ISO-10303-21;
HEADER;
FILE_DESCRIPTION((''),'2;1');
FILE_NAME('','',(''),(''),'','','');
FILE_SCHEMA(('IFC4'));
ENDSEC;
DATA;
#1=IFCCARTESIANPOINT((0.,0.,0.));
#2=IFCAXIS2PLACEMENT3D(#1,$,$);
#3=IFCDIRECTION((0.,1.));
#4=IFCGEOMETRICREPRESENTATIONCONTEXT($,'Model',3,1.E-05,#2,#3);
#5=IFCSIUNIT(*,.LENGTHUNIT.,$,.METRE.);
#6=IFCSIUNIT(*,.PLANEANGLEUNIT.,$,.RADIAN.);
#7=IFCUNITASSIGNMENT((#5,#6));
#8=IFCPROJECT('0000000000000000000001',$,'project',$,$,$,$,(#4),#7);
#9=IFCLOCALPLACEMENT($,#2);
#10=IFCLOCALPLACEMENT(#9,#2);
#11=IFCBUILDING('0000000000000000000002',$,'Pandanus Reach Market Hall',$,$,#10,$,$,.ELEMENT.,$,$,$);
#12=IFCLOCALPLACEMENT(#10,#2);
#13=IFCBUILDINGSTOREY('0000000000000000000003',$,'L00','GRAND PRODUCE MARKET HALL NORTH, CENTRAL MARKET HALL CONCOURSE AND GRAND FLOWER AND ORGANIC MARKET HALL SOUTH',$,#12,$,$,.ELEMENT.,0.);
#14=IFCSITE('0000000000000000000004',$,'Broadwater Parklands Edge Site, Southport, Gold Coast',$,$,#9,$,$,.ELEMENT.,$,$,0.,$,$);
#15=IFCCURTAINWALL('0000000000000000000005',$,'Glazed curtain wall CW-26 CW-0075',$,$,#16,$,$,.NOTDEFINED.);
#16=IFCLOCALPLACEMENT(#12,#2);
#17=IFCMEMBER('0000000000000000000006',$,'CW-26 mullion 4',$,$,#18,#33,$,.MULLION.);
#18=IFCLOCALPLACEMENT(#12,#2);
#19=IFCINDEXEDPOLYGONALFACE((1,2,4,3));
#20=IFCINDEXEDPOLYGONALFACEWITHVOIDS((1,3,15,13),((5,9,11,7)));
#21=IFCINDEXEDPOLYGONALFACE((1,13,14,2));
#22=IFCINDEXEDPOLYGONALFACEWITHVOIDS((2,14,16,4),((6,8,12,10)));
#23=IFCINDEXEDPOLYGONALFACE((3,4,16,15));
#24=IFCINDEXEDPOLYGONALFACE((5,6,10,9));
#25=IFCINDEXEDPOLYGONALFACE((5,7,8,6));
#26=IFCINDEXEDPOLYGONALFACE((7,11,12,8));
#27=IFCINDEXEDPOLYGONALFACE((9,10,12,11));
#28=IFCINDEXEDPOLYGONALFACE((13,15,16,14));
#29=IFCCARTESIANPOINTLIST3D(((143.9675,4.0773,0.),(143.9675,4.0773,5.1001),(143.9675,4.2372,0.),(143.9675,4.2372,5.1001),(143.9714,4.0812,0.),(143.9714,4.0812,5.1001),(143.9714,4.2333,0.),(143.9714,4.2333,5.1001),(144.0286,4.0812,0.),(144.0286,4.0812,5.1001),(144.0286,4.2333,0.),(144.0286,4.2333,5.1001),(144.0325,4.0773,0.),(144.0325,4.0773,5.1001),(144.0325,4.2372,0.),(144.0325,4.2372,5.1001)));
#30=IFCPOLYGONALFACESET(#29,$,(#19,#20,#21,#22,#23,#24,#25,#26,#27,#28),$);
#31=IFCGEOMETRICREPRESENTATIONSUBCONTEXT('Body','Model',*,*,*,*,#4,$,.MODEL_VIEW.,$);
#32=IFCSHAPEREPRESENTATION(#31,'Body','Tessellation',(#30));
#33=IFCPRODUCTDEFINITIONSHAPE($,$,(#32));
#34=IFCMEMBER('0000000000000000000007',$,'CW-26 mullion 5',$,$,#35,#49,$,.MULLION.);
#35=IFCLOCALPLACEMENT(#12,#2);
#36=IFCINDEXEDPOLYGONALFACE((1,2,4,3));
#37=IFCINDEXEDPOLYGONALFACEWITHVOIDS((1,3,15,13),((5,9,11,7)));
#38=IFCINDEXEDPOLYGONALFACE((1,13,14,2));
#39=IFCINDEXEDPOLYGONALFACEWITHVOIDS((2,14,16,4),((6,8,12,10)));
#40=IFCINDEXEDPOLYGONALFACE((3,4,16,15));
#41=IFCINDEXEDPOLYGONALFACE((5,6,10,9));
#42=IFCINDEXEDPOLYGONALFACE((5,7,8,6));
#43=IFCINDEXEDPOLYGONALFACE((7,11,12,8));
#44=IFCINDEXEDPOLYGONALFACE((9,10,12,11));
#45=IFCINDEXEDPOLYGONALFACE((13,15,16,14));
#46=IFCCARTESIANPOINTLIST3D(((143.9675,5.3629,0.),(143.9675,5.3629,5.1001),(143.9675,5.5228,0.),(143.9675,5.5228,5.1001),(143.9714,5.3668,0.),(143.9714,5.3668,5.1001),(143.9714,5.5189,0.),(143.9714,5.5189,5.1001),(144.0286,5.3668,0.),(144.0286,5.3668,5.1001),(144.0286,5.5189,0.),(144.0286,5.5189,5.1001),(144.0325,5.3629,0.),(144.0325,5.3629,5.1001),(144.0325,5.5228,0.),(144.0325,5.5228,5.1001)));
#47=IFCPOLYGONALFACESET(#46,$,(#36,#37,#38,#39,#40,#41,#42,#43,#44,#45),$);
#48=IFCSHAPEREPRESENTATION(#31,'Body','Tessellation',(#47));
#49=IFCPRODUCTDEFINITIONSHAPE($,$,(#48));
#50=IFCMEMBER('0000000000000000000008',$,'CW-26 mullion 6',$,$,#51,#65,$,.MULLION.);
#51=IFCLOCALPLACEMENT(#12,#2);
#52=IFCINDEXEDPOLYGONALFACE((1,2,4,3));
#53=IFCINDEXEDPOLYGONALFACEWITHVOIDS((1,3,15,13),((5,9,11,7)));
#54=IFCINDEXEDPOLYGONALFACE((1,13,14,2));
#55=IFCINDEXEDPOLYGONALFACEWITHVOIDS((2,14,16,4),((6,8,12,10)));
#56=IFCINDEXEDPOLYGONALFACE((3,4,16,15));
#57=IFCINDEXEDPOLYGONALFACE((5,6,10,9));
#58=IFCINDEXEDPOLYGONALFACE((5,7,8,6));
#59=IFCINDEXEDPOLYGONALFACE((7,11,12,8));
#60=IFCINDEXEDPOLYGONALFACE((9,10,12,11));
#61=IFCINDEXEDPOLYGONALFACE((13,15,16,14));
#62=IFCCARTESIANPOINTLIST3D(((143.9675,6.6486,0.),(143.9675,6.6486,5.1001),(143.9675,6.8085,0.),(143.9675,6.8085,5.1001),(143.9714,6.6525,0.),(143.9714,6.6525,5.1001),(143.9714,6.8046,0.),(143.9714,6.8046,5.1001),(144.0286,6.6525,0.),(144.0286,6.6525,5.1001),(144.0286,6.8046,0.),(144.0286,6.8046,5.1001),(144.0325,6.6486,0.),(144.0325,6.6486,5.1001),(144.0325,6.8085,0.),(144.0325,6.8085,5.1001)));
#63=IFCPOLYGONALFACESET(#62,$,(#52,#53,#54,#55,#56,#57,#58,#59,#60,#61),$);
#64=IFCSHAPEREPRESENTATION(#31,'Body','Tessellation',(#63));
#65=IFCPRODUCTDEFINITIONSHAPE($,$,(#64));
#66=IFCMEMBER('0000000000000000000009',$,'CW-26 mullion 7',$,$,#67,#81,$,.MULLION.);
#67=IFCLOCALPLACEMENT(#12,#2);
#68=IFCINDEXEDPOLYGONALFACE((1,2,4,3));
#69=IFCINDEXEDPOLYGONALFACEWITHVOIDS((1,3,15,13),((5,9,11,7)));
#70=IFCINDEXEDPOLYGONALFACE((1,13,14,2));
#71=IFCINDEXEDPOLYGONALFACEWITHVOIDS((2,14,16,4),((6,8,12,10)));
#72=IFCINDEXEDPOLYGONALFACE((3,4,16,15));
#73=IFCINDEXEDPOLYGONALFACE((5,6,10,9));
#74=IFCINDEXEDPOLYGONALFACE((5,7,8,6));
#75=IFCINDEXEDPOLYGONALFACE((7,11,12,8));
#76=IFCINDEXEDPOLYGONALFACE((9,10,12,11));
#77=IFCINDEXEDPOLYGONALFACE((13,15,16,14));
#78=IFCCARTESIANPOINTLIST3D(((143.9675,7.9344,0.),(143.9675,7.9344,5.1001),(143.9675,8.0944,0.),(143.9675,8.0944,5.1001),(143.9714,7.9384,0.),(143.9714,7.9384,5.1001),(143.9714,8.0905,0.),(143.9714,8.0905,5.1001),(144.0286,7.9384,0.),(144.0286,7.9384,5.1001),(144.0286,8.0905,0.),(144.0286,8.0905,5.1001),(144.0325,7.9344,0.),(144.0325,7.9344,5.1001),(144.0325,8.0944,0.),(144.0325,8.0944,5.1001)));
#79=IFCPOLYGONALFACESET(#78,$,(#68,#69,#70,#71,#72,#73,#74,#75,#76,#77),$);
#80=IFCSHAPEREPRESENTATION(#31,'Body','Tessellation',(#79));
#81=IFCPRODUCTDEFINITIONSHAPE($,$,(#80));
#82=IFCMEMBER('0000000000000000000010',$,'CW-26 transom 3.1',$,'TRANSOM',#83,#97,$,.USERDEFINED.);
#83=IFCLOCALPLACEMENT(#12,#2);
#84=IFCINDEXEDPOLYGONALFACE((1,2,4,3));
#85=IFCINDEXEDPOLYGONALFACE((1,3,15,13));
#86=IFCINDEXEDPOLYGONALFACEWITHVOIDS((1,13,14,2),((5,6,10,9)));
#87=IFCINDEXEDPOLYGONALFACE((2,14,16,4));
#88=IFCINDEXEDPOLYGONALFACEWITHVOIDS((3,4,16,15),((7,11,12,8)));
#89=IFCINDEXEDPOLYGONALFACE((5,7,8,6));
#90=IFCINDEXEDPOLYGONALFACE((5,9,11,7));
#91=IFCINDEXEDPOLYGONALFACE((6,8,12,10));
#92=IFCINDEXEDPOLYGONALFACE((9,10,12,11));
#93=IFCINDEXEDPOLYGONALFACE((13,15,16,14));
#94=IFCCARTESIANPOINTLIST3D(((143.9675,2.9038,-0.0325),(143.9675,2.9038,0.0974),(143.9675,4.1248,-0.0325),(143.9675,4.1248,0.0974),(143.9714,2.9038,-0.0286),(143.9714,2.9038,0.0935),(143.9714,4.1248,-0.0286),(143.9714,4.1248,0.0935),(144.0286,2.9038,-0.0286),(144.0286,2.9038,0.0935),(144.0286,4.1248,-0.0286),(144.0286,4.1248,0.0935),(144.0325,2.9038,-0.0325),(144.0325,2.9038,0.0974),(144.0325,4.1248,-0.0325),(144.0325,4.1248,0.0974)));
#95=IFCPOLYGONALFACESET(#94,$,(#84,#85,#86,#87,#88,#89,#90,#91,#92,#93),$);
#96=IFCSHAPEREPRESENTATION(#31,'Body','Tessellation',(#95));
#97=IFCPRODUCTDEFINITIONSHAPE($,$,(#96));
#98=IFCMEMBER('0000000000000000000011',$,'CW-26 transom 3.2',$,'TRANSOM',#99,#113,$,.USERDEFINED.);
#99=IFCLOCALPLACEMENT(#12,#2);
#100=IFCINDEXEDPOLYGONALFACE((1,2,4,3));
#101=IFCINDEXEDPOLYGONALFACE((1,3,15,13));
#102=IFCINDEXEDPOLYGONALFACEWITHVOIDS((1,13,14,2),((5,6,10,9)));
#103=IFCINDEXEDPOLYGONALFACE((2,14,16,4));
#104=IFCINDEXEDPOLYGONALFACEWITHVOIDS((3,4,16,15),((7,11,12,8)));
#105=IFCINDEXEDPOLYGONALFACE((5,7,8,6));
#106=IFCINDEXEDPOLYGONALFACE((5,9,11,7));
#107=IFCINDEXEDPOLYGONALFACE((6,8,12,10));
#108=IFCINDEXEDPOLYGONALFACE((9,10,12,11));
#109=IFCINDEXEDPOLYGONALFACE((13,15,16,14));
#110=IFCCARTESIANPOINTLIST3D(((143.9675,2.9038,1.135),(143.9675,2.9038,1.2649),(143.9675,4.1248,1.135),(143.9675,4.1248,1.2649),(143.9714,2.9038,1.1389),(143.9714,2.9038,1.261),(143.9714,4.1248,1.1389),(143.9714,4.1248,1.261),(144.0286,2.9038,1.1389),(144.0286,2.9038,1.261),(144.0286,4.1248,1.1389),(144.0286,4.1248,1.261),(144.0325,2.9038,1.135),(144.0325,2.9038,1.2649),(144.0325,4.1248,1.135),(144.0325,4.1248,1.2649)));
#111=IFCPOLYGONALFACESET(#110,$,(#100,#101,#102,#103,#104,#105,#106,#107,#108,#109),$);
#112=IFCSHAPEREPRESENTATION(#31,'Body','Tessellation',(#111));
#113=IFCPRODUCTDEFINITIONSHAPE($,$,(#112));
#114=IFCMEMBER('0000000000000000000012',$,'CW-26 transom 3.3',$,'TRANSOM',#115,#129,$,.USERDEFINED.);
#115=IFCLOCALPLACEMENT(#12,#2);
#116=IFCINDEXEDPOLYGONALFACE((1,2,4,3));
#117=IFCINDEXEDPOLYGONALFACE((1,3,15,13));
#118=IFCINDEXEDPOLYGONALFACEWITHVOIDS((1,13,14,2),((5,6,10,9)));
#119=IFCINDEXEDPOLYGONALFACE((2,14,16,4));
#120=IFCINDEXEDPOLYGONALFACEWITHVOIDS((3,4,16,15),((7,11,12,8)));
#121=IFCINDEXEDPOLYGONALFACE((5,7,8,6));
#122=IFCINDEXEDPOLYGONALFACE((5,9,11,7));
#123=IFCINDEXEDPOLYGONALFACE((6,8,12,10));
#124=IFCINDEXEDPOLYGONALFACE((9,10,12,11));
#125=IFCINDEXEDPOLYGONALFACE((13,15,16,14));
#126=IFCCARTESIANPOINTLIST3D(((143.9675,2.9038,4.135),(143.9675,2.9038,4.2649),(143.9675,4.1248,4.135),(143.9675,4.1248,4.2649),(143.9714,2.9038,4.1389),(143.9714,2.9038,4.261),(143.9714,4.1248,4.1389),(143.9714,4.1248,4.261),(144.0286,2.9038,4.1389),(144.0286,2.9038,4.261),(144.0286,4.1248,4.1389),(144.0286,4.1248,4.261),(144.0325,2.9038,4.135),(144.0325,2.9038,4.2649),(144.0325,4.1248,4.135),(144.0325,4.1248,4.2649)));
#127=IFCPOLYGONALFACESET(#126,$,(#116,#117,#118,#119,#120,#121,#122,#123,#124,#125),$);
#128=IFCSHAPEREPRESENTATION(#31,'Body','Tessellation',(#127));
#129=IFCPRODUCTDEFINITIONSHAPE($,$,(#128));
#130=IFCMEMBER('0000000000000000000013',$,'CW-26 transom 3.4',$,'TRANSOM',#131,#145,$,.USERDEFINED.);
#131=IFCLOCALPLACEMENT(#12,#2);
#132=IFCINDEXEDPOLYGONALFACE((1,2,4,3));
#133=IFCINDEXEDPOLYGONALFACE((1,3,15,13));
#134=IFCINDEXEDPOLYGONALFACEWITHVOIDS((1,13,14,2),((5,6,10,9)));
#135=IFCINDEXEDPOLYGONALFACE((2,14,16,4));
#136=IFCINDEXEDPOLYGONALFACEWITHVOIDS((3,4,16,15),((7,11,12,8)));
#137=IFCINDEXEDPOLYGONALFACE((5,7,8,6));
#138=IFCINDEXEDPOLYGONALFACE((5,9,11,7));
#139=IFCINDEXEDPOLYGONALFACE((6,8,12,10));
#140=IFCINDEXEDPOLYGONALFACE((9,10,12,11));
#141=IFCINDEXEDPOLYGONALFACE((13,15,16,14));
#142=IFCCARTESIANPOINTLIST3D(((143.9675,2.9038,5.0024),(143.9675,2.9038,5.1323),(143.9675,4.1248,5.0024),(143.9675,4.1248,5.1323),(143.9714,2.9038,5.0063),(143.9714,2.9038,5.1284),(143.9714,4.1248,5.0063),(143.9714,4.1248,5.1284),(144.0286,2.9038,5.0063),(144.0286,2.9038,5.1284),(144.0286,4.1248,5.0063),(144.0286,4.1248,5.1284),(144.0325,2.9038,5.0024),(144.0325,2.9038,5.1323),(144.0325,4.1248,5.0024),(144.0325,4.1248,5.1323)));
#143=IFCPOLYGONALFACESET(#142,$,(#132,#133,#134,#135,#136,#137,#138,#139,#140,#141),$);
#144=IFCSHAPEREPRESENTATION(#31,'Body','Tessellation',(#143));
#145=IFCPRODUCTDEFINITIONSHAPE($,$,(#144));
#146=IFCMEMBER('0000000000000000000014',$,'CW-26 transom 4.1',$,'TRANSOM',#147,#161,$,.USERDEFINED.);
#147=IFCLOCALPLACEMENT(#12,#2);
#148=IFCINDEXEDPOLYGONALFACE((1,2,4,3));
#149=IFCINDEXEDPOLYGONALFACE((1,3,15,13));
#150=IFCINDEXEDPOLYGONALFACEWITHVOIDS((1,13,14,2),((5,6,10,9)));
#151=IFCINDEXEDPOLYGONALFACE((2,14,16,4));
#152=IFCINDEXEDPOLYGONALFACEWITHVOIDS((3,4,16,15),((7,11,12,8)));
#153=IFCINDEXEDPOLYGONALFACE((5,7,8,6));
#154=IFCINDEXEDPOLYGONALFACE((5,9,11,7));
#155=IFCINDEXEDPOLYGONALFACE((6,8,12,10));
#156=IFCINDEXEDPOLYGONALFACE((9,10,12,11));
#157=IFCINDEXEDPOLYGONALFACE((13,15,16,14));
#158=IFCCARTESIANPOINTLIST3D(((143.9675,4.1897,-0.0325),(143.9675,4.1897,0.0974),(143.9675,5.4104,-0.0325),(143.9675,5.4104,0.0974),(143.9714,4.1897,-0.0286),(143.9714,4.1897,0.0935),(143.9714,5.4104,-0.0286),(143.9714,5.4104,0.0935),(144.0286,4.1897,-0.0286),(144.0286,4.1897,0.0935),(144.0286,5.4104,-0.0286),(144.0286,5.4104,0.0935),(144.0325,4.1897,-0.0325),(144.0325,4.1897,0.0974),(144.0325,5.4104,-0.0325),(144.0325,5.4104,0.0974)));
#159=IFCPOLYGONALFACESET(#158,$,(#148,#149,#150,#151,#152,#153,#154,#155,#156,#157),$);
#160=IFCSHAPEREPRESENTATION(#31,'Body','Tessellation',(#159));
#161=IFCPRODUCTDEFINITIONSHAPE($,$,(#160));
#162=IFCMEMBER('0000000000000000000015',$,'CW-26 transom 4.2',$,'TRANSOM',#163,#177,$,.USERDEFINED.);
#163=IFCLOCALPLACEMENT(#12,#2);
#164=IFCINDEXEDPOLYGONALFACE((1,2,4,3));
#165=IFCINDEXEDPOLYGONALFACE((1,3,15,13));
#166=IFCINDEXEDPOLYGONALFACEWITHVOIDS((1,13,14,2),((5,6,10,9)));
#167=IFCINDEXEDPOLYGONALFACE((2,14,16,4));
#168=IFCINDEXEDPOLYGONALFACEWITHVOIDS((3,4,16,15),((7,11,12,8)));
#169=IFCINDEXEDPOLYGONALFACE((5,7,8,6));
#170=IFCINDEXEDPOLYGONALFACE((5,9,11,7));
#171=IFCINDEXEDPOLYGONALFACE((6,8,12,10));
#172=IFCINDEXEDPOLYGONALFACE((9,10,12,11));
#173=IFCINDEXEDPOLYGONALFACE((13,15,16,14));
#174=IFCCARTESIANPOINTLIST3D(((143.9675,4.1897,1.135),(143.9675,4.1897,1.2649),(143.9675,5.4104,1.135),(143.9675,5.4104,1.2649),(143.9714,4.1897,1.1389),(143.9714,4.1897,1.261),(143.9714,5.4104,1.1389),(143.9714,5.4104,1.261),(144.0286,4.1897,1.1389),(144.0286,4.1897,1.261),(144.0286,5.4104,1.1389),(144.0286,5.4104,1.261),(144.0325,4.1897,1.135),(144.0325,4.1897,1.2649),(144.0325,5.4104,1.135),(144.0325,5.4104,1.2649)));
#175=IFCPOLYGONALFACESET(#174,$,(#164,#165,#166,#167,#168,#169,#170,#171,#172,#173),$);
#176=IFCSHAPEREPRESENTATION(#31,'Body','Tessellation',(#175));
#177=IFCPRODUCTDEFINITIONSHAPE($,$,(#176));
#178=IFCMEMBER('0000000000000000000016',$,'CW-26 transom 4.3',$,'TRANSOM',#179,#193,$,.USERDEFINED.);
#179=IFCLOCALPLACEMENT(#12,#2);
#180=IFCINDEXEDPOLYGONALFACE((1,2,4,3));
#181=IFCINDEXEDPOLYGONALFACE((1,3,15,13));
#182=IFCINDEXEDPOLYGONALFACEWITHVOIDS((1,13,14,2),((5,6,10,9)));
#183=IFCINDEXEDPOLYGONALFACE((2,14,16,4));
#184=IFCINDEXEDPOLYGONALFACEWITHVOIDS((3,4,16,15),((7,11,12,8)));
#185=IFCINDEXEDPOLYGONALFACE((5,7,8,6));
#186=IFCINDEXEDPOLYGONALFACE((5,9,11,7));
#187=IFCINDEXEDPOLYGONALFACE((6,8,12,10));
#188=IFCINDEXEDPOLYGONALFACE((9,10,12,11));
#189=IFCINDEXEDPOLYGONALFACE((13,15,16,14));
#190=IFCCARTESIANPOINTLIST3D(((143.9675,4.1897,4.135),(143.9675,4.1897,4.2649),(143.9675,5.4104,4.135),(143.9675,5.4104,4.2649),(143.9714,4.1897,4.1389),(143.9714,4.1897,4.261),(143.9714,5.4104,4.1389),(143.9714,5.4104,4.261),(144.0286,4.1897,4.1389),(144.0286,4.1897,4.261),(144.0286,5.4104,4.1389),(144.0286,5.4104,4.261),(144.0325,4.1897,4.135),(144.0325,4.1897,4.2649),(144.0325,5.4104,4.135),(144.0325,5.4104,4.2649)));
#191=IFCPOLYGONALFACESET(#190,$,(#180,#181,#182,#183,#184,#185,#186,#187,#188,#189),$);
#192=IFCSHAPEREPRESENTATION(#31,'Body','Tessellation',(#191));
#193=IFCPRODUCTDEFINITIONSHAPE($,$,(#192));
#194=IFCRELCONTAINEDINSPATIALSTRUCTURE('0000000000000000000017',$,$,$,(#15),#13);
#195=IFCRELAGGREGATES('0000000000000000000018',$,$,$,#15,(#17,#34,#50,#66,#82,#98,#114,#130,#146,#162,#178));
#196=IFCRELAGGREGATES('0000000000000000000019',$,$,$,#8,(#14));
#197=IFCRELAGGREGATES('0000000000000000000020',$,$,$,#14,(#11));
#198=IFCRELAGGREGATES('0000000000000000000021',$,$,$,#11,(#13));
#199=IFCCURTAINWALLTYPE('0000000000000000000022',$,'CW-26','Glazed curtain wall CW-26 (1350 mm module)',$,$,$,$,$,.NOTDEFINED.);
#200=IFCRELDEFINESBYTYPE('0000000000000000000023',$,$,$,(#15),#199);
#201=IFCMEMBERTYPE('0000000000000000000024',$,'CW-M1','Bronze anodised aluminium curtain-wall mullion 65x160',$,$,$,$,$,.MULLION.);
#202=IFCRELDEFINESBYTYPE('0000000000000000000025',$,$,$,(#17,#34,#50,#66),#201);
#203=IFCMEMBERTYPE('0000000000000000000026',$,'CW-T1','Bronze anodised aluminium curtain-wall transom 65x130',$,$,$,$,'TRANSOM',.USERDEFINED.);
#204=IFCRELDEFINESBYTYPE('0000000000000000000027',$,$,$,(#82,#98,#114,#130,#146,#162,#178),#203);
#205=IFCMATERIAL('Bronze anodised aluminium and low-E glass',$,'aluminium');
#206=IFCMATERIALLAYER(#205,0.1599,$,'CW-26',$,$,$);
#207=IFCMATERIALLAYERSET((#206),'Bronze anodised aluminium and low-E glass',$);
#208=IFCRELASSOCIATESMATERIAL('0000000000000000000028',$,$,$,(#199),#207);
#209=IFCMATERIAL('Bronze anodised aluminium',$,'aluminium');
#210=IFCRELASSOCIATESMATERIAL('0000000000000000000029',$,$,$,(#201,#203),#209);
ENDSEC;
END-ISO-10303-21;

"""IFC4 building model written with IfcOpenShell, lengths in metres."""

from ifc_helpers import new_model, si_unit, direction, frame, origin, origin_2d, place, context, subcontext, project, spatial, hollow_rectangle, extrude, material, layer, layer_set, material_profile, profile_set, type_object, element, aggregate, save


model = new_model("IFC4")

# Units and contexts
model_context = context("Model", 3, precision=1e-05, world=origin(), true_north=direction((0.0, 1.0)))
body_context = subcontext(model_context, "Body", "Model", "MODEL_VIEW")
ifc_project = project(units=[si_unit("LENGTHUNIT", "METRE"), si_unit("PLANEANGLEUNIT", "RADIAN")], contexts=[model_context])

# Site, building, storey
site_placement = place(None, origin())
site = spatial("IfcSite", under=ifc_project, at=site_placement, Name="Broadwater Parklands Edge Site, Southport, Gold Coast", CompositionType="ELEMENT", RefElevation=0.0)
building_placement = place(site_placement, origin())
building = spatial("IfcBuilding", under=site, at=building_placement, Name="Pandanus Reach Market Hall", CompositionType="ELEMENT")
storey_placement = place(building_placement, origin())
storey = spatial("IfcBuildingStorey", under=building, at=storey_placement, Name="L00", Description="GRAND PRODUCE MARKET HALL NORTH, CENTRAL MARKET HALL CONCOURSE AND GRAND FLOWER AND ORGANIC MARKET HALL SOUTH", CompositionType="ELEMENT", Elevation=0.0)

# Curtain wall, members
ifc_material_1 = material(Name="Bronze anodised aluminium and low-E glass", Category="aluminium")
ifc_layer_1 = layer(ifc_material_1, 0.1599, Name="CW-26")
ifc_layer_set_1 = layer_set([ifc_layer_1], Name="Bronze anodised aluminium and low-E glass")
curtain_wall_type = type_object("IfcCurtainWallType", Name="CW-26", Description="Glazed curtain wall CW-26 (1350 mm module)", PredefinedType="NOTDEFINED", material=ifc_layer_set_1)
curtain_wall_placement = place(storey_placement, origin())
curtain_wall = element("IfcCurtainWall", 1, at=curtain_wall_placement, inside=storey, type_object=curtain_wall_type, Name="Glazed curtain wall CW-26 CW-0075", PredefinedType="NOTDEFINED")
ifc_material_2 = material(Name="Bronze anodised aluminium", Category="aluminium")
ifc_material_profile_1 = material_profile(ifc_material_2, hollow_rectangle(XDim=0.0649, YDim=0.1599, WallThickness=0.0039, at=origin_2d()), Name="ALU65x160", Category="LoadBearing")
ifc_profile_set_1 = profile_set([ifc_material_profile_1], Name="Bronze anodised aluminium")
member_type_1 = type_object("IfcMemberType", Name="CW-M1", Description="Bronze anodised aluminium curtain-wall mullion 65x160", PredefinedType="MULLION", material=ifc_profile_set_1)
member_1_placement = place(storey_placement, frame((144.0, 4.1572, 0.0), z_axis=(0.0, 0.0, 1.0), x_axis=(-1.0, 0.0, 0.0)))
member_1 = element("IfcMember", 2, at=member_1_placement, type_object=member_type_1, Name="CW-26 mullion 4", PredefinedType="MULLION", context=body_context, shape_type="SweptSolid", body=[
    extrude(hollow_rectangle(XDim=0.0649, YDim=0.1599, WallThickness=0.0039, at=origin_2d()), origin(), (0.0, 0.0, 1.0), 5.1001),
])
member_2_placement = place(storey_placement, frame((144.0, 5.4429, 0.0), z_axis=(0.0, 0.0, 1.0), x_axis=(-1.0, 0.0, 0.0)))
member_2 = element("IfcMember", 3, at=member_2_placement, type_object=member_type_1, Name="CW-26 mullion 5", PredefinedType="MULLION", context=body_context, shape_type="SweptSolid", body=[
    extrude(hollow_rectangle(XDim=0.0649, YDim=0.1599, WallThickness=0.0039, at=origin_2d()), origin(), (0.0, 0.0, 1.0), 5.1001),
])
member_3_placement = place(storey_placement, frame((144.0, 6.7285, 0.0), z_axis=(0.0, 0.0, 1.0), x_axis=(-1.0, 0.0, 0.0)))
member_3 = element("IfcMember", 4, at=member_3_placement, type_object=member_type_1, Name="CW-26 mullion 6", PredefinedType="MULLION", context=body_context, shape_type="SweptSolid", body=[
    extrude(hollow_rectangle(XDim=0.0649, YDim=0.1599, WallThickness=0.0039, at=origin_2d()), origin(), (0.0, 0.0, 1.0), 5.1001),
])
member_4_placement = place(storey_placement, frame((144.0, 8.0144, 0.0), z_axis=(0.0, 0.0, 1.0), x_axis=(-1.0, 0.0, 0.0)))
member_4 = element("IfcMember", 5, at=member_4_placement, type_object=member_type_1, Name="CW-26 mullion 7", PredefinedType="MULLION", context=body_context, shape_type="SweptSolid", body=[
    extrude(hollow_rectangle(XDim=0.0649, YDim=0.1599, WallThickness=0.0039, at=origin_2d()), origin(), (0.0, 0.0, 1.0), 5.1001),
])
ifc_material_profile_2 = material_profile(ifc_material_2, hollow_rectangle(XDim=0.0649, YDim=0.1299, WallThickness=0.0039, at=origin_2d()), Name="ALU65x130", Category="LoadBearing")
ifc_profile_set_2 = profile_set([ifc_material_profile_2], Name="Bronze anodised aluminium")
member_type_2 = type_object("IfcMemberType", Name="CW-T1", Description="Bronze anodised aluminium curtain-wall transom 65x130", ElementType="TRANSOM", PredefinedType="USERDEFINED", material=ifc_profile_set_2)
member_5_placement = place(storey_placement, frame((144.0, 2.9038, 0.0325), z_axis=(0.0, 1.0, 0.0), x_axis=(-1.0, 0.0, 0.0)))
member_5 = element("IfcMember", 6, at=member_5_placement, type_object=member_type_2, Name="CW-26 transom 3.1", ObjectType="TRANSOM", PredefinedType="USERDEFINED", context=body_context, shape_type="SweptSolid", body=[
    extrude(hollow_rectangle(XDim=0.0649, YDim=0.1299, WallThickness=0.0039, at=origin_2d()), origin(), (0.0, 0.0, 1.0), 1.2209),
])
member_6_placement = place(storey_placement, frame((144.0, 2.9038, 1.2), z_axis=(0.0, 1.0, 0.0), x_axis=(-1.0, 0.0, 0.0)))
member_6 = element("IfcMember", 7, at=member_6_placement, type_object=member_type_2, Name="CW-26 transom 3.2", ObjectType="TRANSOM", PredefinedType="USERDEFINED", context=body_context, shape_type="SweptSolid", body=[
    extrude(hollow_rectangle(XDim=0.0649, YDim=0.1299, WallThickness=0.0039, at=origin_2d()), origin(), (0.0, 0.0, 1.0), 1.2209),
])
member_7_placement = place(storey_placement, frame((144.0, 2.9038, 4.2), z_axis=(0.0, 1.0, 0.0), x_axis=(-1.0, 0.0, 0.0)))
member_7 = element("IfcMember", 8, at=member_7_placement, type_object=member_type_2, Name="CW-26 transom 3.3", ObjectType="TRANSOM", PredefinedType="USERDEFINED", context=body_context, shape_type="SweptSolid", body=[
    extrude(hollow_rectangle(XDim=0.0649, YDim=0.1299, WallThickness=0.0039, at=origin_2d()), origin(), (0.0, 0.0, 1.0), 1.2209),
])
member_8_placement = place(storey_placement, frame((144.0, 2.9038, 5.0674), z_axis=(0.0, 1.0, 0.0), x_axis=(-1.0, 0.0, 0.0)))
member_8 = element("IfcMember", 9, at=member_8_placement, type_object=member_type_2, Name="CW-26 transom 3.4", ObjectType="TRANSOM", PredefinedType="USERDEFINED", context=body_context, shape_type="SweptSolid", body=[
    extrude(hollow_rectangle(XDim=0.0649, YDim=0.1299, WallThickness=0.0039, at=origin_2d()), origin(), (0.0, 0.0, 1.0), 1.2209),
])
member_9_placement = place(storey_placement, frame((144.0, 4.1897, 0.0325), z_axis=(0.0, 1.0, 0.0), x_axis=(-1.0, 0.0, 0.0)))
member_9 = element("IfcMember", 10, at=member_9_placement, type_object=member_type_2, Name="CW-26 transom 4.1", ObjectType="TRANSOM", PredefinedType="USERDEFINED", context=body_context, shape_type="SweptSolid", body=[
    extrude(hollow_rectangle(XDim=0.0649, YDim=0.1299, WallThickness=0.0039, at=origin_2d()), origin(), (0.0, 0.0, 1.0), 1.2207),
])
member_10_placement = place(storey_placement, frame((144.0, 4.1897, 1.2), z_axis=(0.0, 1.0, 0.0), x_axis=(-1.0, 0.0, 0.0)))
member_10 = element("IfcMember", 11, at=member_10_placement, type_object=member_type_2, Name="CW-26 transom 4.2", ObjectType="TRANSOM", PredefinedType="USERDEFINED", context=body_context, shape_type="SweptSolid", body=[
    extrude(hollow_rectangle(XDim=0.0649, YDim=0.1299, WallThickness=0.0039, at=origin_2d()), origin(), (0.0, 0.0, 1.0), 1.2207),
])
member_11_placement = place(storey_placement, frame((144.0, 4.1897, 4.2), z_axis=(0.0, 1.0, 0.0), x_axis=(-1.0, 0.0, 0.0)))
member_11 = element("IfcMember", 12, at=member_11_placement, type_object=member_type_2, Name="CW-26 transom 4.3", ObjectType="TRANSOM", PredefinedType="USERDEFINED", context=body_context, shape_type="SweptSolid", body=[
    extrude(hollow_rectangle(XDim=0.0649, YDim=0.1299, WallThickness=0.0039, at=origin_2d()), origin(), (0.0, 0.0, 1.0), 1.2207),
])
aggregate(curtain_wall, [member_1, member_2, member_3, member_4, member_5, member_6, member_7, member_8, member_9, member_10, member_11])

save(model, "model.ifc")
